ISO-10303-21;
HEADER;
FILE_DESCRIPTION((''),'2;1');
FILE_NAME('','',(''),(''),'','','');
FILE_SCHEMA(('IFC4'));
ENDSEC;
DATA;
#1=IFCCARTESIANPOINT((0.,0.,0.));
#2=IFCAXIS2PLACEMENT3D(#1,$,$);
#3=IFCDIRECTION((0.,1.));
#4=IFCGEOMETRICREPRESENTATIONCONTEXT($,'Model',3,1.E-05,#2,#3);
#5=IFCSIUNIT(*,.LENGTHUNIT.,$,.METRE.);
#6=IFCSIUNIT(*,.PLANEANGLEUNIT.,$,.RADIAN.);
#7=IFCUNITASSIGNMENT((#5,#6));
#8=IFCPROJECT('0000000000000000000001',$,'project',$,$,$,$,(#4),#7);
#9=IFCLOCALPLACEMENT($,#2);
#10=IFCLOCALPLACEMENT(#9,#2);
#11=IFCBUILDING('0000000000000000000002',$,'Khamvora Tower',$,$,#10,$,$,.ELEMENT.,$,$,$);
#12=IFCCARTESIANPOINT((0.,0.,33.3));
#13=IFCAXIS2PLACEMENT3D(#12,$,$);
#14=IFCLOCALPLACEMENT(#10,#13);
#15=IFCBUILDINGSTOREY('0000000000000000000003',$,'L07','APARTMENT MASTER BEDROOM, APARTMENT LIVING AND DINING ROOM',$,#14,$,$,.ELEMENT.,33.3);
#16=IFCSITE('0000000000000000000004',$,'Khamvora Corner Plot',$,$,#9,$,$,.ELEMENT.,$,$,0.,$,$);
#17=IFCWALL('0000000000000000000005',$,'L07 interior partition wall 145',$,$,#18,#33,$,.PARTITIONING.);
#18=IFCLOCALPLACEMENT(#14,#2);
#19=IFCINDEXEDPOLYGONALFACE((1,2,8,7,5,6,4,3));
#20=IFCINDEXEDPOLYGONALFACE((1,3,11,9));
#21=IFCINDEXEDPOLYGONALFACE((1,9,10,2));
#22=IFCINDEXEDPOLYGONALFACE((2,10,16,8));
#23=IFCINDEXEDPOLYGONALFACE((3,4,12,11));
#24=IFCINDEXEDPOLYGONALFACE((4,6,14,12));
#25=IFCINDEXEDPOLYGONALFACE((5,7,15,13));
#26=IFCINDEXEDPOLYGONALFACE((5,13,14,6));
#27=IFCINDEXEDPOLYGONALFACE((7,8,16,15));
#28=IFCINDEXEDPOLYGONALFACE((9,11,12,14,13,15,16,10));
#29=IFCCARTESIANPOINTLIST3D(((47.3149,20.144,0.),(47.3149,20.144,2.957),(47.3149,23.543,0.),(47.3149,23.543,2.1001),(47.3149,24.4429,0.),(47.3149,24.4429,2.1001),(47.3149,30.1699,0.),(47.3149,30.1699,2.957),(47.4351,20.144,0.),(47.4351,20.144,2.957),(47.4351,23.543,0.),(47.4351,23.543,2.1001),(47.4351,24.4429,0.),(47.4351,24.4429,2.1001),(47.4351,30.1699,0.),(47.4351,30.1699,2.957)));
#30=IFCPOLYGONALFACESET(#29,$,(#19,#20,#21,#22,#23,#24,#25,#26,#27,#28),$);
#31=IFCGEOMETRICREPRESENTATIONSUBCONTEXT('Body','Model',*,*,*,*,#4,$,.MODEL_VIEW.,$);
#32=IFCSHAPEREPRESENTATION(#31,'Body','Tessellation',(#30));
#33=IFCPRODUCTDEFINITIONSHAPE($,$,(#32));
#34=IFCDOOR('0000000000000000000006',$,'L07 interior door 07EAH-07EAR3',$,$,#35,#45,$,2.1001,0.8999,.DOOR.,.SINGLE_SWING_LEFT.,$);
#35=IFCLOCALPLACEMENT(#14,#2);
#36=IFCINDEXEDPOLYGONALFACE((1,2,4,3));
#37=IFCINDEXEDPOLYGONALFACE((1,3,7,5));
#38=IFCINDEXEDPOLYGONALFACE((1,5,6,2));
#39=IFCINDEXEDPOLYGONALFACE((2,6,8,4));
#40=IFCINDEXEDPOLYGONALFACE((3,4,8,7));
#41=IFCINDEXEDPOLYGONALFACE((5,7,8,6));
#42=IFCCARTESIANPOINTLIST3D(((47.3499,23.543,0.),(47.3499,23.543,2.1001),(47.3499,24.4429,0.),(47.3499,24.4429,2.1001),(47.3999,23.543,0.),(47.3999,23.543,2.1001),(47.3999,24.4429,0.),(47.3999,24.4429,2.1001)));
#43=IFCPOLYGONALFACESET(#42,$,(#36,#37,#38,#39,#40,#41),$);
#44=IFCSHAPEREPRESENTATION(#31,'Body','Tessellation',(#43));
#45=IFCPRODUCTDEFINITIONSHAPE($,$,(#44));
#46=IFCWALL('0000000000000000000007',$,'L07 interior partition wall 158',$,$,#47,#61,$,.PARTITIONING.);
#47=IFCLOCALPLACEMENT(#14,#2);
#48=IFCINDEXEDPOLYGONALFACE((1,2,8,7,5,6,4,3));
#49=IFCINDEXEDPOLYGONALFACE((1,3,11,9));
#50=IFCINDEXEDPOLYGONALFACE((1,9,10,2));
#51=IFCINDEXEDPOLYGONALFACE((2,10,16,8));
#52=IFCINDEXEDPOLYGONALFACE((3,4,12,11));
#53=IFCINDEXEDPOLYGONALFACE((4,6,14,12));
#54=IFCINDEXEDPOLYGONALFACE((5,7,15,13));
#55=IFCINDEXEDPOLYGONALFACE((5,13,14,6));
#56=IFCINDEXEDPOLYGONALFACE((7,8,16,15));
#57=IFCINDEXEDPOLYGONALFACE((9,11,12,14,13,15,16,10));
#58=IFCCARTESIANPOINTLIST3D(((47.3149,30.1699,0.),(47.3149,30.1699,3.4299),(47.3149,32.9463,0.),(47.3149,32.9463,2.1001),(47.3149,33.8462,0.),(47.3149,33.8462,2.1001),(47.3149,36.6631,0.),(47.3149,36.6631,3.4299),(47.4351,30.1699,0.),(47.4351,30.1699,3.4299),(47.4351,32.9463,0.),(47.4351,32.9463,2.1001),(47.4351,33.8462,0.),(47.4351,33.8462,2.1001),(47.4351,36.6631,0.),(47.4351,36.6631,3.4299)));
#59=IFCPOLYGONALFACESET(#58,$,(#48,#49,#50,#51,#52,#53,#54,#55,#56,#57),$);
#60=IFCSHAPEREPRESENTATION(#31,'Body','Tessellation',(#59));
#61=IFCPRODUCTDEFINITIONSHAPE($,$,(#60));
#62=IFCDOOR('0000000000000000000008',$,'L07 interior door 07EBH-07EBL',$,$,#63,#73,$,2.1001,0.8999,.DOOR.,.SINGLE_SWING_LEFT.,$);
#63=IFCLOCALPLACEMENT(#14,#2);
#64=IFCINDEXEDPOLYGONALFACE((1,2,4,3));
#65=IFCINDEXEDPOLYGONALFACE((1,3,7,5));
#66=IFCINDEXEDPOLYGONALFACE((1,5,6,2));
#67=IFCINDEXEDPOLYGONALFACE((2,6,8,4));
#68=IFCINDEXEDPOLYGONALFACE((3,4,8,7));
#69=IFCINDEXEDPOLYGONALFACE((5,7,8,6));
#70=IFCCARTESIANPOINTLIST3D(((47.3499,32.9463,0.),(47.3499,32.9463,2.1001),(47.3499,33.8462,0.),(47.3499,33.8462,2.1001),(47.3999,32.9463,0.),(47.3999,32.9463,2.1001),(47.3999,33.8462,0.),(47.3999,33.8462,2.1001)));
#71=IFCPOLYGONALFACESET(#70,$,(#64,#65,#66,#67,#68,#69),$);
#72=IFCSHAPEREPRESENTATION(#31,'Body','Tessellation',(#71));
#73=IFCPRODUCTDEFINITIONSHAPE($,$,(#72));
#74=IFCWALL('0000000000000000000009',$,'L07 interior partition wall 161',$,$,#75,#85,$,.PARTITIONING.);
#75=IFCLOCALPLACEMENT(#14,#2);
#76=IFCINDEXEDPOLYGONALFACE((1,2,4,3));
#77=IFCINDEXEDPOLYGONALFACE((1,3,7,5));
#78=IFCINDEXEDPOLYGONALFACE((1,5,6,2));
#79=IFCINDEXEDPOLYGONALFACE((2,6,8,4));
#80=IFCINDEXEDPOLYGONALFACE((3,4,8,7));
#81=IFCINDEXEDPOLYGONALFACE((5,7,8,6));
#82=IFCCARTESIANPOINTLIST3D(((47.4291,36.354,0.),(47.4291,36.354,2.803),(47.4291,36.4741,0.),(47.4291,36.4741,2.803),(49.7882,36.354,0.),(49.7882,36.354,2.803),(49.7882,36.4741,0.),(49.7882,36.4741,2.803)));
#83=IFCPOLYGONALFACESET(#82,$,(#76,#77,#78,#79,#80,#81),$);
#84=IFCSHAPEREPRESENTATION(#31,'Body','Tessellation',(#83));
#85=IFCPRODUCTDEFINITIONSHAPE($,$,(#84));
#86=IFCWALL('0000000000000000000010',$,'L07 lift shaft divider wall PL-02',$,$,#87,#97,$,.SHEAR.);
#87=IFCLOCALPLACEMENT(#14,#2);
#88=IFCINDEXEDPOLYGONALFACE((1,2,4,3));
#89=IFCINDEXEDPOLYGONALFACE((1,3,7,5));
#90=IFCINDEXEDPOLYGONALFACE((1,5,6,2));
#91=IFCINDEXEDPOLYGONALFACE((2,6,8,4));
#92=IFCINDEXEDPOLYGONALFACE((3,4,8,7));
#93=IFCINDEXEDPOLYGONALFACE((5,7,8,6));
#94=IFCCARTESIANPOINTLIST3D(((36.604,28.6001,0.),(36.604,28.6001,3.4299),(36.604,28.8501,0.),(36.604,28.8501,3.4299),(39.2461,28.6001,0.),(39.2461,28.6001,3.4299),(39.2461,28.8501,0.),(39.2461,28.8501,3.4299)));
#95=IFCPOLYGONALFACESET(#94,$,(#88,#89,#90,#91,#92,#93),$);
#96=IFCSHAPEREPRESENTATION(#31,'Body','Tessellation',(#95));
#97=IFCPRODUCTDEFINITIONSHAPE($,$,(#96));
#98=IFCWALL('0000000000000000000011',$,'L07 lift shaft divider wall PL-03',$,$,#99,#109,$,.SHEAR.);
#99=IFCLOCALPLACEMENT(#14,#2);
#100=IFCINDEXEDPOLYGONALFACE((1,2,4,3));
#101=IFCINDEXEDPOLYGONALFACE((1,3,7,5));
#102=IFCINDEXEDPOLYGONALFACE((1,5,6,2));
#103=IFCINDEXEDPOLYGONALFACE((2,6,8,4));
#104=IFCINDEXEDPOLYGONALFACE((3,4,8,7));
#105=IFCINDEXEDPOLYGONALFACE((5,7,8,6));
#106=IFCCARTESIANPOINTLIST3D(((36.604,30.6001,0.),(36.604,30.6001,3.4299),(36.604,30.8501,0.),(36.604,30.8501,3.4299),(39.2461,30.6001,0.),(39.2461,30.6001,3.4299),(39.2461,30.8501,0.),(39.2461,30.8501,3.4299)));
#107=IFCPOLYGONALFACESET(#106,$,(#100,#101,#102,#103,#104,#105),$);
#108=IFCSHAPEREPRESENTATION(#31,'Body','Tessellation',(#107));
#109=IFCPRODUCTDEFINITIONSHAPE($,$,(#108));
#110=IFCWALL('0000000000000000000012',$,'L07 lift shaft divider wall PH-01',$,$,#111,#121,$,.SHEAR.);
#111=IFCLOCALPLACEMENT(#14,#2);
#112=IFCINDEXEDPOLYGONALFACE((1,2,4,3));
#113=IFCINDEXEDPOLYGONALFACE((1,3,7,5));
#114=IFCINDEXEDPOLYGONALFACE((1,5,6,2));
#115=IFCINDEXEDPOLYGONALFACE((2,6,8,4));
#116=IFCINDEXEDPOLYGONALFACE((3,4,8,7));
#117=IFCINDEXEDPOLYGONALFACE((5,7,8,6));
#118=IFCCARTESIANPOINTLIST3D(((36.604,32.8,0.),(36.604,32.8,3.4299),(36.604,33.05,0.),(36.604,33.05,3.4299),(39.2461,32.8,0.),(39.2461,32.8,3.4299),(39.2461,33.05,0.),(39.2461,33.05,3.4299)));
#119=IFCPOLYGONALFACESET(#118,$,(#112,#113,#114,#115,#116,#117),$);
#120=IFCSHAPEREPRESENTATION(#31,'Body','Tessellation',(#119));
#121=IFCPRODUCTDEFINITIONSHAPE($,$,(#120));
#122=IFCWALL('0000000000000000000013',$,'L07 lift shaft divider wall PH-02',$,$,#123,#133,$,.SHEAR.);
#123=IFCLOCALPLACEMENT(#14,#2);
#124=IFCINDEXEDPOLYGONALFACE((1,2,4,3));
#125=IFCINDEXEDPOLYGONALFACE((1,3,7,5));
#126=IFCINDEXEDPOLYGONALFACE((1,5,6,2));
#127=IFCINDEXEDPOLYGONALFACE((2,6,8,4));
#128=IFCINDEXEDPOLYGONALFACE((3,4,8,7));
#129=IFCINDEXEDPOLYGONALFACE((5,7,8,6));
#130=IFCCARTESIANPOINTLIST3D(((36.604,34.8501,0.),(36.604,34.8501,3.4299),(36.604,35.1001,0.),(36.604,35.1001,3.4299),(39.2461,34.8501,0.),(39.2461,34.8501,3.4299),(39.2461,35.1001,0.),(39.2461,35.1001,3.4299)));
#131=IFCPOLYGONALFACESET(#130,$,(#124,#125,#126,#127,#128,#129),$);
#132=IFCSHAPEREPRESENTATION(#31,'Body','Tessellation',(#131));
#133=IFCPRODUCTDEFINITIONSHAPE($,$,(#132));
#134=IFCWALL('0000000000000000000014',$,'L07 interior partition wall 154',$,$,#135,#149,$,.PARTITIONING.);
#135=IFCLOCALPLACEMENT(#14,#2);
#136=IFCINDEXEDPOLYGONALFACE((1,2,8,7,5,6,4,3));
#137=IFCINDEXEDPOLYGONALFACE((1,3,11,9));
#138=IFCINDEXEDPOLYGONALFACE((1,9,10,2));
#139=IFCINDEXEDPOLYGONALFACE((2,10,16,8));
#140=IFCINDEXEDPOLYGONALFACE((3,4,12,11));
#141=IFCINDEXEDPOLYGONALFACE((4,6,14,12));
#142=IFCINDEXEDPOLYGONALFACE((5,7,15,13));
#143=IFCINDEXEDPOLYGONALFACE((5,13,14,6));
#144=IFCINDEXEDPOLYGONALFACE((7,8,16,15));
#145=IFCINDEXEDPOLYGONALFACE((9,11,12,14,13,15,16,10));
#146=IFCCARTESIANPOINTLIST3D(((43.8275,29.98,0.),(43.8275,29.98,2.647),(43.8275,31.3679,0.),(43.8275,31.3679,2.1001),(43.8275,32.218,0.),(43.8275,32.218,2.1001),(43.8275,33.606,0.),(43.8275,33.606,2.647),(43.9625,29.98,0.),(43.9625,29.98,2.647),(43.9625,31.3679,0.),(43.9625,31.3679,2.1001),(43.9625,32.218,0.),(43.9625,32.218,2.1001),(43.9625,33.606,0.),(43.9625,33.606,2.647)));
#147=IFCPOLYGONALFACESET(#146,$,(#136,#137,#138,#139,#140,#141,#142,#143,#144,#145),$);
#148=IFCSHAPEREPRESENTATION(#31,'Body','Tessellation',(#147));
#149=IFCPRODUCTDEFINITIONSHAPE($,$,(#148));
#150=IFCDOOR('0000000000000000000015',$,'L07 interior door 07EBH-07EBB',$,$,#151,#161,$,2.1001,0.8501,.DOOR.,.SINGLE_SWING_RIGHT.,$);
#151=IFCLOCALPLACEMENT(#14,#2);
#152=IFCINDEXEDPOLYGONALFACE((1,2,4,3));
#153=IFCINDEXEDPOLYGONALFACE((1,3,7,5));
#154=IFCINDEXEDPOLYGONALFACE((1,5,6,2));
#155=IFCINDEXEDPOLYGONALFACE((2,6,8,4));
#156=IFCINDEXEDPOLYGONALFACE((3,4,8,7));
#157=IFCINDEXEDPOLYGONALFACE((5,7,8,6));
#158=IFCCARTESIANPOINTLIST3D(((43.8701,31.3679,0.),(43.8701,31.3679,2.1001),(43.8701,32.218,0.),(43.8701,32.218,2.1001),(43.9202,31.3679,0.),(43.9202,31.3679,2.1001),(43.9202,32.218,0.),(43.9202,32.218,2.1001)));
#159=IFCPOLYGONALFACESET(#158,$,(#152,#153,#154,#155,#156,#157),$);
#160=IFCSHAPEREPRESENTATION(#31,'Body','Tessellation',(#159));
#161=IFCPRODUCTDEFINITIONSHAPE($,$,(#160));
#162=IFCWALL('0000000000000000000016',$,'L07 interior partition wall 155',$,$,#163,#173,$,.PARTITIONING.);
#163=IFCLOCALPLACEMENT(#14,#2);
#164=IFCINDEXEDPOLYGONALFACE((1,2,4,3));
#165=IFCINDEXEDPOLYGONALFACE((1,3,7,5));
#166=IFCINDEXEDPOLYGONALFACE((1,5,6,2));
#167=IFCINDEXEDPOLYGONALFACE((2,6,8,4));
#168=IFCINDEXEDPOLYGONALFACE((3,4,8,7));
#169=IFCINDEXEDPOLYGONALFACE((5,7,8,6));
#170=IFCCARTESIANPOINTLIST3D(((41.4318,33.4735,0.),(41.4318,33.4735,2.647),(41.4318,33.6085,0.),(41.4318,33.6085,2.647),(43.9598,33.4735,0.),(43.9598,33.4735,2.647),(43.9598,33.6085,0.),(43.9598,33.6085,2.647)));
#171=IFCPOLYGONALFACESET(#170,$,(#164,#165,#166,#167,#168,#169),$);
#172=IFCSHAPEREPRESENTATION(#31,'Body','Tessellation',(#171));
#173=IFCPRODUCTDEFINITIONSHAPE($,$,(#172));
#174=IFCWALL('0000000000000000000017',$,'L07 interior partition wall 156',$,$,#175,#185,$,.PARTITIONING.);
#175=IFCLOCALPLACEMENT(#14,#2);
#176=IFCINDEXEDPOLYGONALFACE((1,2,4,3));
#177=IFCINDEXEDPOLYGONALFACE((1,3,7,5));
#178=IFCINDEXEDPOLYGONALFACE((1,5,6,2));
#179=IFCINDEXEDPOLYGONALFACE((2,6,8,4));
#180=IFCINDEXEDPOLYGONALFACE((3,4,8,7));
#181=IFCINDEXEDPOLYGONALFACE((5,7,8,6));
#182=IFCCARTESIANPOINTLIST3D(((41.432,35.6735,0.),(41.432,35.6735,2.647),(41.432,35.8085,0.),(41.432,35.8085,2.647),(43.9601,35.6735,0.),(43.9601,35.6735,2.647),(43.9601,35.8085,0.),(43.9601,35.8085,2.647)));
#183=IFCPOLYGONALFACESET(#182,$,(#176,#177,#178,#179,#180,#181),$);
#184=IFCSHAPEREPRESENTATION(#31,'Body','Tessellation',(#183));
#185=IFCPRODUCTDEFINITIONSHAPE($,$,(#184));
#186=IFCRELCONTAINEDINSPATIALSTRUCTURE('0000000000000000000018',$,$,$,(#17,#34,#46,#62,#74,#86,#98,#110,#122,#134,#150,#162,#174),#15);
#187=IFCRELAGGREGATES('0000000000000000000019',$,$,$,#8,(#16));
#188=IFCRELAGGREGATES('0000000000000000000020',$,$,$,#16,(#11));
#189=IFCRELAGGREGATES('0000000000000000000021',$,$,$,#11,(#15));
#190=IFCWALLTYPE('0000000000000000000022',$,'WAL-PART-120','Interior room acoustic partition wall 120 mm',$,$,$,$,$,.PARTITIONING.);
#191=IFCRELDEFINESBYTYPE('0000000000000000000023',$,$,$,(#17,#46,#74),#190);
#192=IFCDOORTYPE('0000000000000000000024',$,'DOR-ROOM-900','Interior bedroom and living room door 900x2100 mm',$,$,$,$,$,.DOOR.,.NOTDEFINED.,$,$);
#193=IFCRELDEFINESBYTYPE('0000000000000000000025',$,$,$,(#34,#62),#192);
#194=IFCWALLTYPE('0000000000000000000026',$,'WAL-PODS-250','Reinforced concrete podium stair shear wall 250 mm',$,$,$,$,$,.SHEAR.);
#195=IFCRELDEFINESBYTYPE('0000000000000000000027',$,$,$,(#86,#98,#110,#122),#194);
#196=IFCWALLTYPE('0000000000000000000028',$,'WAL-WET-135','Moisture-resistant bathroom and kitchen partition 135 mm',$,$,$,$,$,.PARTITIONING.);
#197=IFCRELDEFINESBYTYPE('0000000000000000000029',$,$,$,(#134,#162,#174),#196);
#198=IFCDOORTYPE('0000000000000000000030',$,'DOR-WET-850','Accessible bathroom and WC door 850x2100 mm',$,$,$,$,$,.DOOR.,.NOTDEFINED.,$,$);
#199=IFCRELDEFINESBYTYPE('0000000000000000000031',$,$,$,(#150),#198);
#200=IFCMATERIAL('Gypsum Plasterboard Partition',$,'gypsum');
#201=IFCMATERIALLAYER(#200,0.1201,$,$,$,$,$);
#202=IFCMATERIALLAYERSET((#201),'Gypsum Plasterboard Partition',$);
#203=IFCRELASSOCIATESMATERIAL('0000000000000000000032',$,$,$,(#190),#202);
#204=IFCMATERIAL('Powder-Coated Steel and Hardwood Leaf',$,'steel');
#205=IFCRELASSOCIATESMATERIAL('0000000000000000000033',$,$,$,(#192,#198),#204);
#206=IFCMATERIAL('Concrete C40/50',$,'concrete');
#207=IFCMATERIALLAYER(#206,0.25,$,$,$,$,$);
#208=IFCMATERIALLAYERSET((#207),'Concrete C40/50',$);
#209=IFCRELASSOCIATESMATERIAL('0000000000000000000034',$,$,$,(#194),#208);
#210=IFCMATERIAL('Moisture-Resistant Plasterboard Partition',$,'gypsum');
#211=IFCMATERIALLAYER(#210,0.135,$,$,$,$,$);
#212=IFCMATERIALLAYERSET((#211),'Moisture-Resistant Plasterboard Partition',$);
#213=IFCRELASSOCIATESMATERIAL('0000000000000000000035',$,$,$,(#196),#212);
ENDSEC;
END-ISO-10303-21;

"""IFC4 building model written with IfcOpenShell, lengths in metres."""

from ifc_helpers import new_model, si_unit, direction, frame, frame_2d, origin, place, context, subcontext, project, spatial, rectangle, extrude, material, layer, layer_set, type_object, element, fill, save


model = new_model("IFC4")

# Units and contexts
model_context = context("Model", 3, precision=1e-05, world=origin(), true_north=direction((0.0, 1.0)))
body_context = subcontext(model_context, "Body", "Model", "MODEL_VIEW")
ifc_project = project(units=[si_unit("LENGTHUNIT", "METRE"), si_unit("PLANEANGLEUNIT", "RADIAN")], contexts=[model_context])

# Site, building, storey
site_placement = place(None, origin())
site = spatial("IfcSite", under=ifc_project, at=site_placement, Name="Khamvora Corner Plot", CompositionType="ELEMENT", RefElevation=0.0)
building_placement = place(site_placement, origin())
building = spatial("IfcBuilding", under=site, at=building_placement, Name="Khamvora Tower", CompositionType="ELEMENT")
storey_placement = place(building_placement, frame((0.0, 0.0, 33.3)))
storey = spatial("IfcBuildingStorey", under=building, at=storey_placement, Name="L07", Description="APARTMENT MASTER BEDROOM, APARTMENT LIVING AND DINING ROOM", CompositionType="ELEMENT", Elevation=33.3)

# Shared definitions
ifc_material_1 = material(Name="Powder-Coated Steel and Hardwood Leaf", Category="steel")

# Walls, openings, doors
ifc_material_2 = material(Name="Gypsum Plasterboard Partition", Category="gypsum")
ifc_layer_1 = layer(ifc_material_2, 0.1201)
ifc_layer_set_1 = layer_set([ifc_layer_1], Name="Gypsum Plasterboard Partition")
wall_type_1 = type_object("IfcWallType", Name="WAL-PART-120", Description="Interior room acoustic partition wall 120 mm", PredefinedType="PARTITIONING", material=ifc_layer_set_1)
wall_1_placement = place(storey_placement, frame((47.375, 30.1699, 0.0), z_axis=(0.0, 0.0, 1.0), x_axis=(0.0, -1.0, 0.0)))
wall_1 = element("IfcWall", 1, at=wall_1_placement, inside=storey, type_object=wall_type_1, Name="L07 interior partition wall 145", PredefinedType="PARTITIONING", context=body_context, shape_type="SweptSolid", body=[
    extrude(rectangle(XDim=10.0259, YDim=0.1201, at=frame_2d((5.0129, 0.0))), origin(), (0.0, 0.0, 1.0), 2.957),
])
opening_1_placement = place(wall_1_placement, frame((5.7271, 0.0, 0.0)))
opening_1 = element("IfcOpeningElement", 2, at=opening_1_placement, cuts=wall_1, PredefinedType="OPENING", context=body_context, shape_type="SweptSolid", body=[
    extrude(rectangle(XDim=0.8999, YDim=2.1001, at=frame_2d((0.45, 1.05))), frame((0.0, 0.0701, 0.0), z_axis=(0.0, -1.0, 0.0), x_axis=(1.0, 0.0, 0.0)), (0.0, 0.0, 1.0), 0.1401),
])
door_type_1 = type_object("IfcDoorType", Name="DOR-ROOM-900", Description="Interior bedroom and living room door 900x2100 mm", OperationType="NOTDEFINED", PredefinedType="DOOR", material=ifc_material_1)
door_1_placement = place(opening_1_placement, origin())
door_1 = element("IfcDoor", 3, at=door_1_placement, inside=storey, type_object=door_type_1, Name="L07 interior door 07EAH-07EAR3", OperationType="SINGLE_SWING_LEFT", OverallHeight=2.1001, OverallWidth=0.8999, PredefinedType="DOOR", context=body_context, shape_type="SweptSolid", body=[
    extrude(rectangle(XDim=0.8999, YDim=2.1001, at=frame_2d((0.45, 1.05))), frame((0.0, 0.0249, 0.0), z_axis=(0.0, -1.0, 0.0), x_axis=(1.0, 0.0, 0.0)), (0.0, 0.0, 1.0), 0.05),
])
fill(opening_1, door_1)
wall_2_placement = place(storey_placement, frame((47.375, 36.6631, 0.0), z_axis=(0.0, 0.0, 1.0), x_axis=(0.0, -1.0, 0.0)))
wall_2 = element("IfcWall", 4, at=wall_2_placement, inside=storey, type_object=wall_type_1, Name="L07 interior partition wall 158", PredefinedType="PARTITIONING", context=body_context, shape_type="SweptSolid", body=[
    extrude(rectangle(XDim=6.4932, YDim=0.1201, at=frame_2d((3.2466, 0.0))), origin(), (0.0, 0.0, 1.0), 3.4299),
])
opening_2_placement = place(wall_2_placement, frame((2.8169, 0.0, 0.0)))
opening_2 = element("IfcOpeningElement", 5, at=opening_2_placement, cuts=wall_2, PredefinedType="OPENING", context=body_context, shape_type="SweptSolid", body=[
    extrude(rectangle(XDim=0.8999, YDim=2.1001, at=frame_2d((0.45, 1.05))), frame((0.0, 0.0701, 0.0), z_axis=(0.0, -1.0, 0.0), x_axis=(1.0, 0.0, 0.0)), (0.0, 0.0, 1.0), 0.1401),
])
door_2_placement = place(opening_2_placement, origin())
door_2 = element("IfcDoor", 6, at=door_2_placement, inside=storey, type_object=door_type_1, Name="L07 interior door 07EBH-07EBL", OperationType="SINGLE_SWING_LEFT", OverallHeight=2.1001, OverallWidth=0.8999, PredefinedType="DOOR", context=body_context, shape_type="SweptSolid", body=[
    extrude(rectangle(XDim=0.8999, YDim=2.1001, at=frame_2d((0.45, 1.05))), frame((0.0, 0.0249, 0.0), z_axis=(0.0, -1.0, 0.0), x_axis=(1.0, 0.0, 0.0)), (0.0, 0.0, 1.0), 0.05),
])
fill(opening_2, door_2)

# Walls
wall_3_placement = place(storey_placement, frame((47.429, 36.4141, 0.0), z_axis=(0.0, 0.0, 1.0), x_axis=(1.0, 0.0, 0.0)))
element("IfcWall", 7, at=wall_3_placement, inside=storey, type_object=wall_type_1, Name="L07 interior partition wall 161", PredefinedType="PARTITIONING", context=body_context, shape_type="SweptSolid", body=[
    extrude(rectangle(XDim=2.3591, YDim=0.1201, at=frame_2d((1.1797, 0.0))), origin(), (0.0, 0.0, 1.0), 2.803),
])
ifc_material_3 = material(Name="Concrete C40/50", Category="concrete")
ifc_layer_2 = layer(ifc_material_3, 0.25)
ifc_layer_set_2 = layer_set([ifc_layer_2], Name="Concrete C40/50")
wall_type_2 = type_object("IfcWallType", Name="WAL-PODS-250", Description="Reinforced concrete podium stair shear wall 250 mm", PredefinedType="SHEAR", material=ifc_layer_set_2)
for number, where, z_axis, x_axis, name in (
    (8, (36.604, 28.7251, 0.0), (0.0, 0.0, 1.0), (1.0, 0.0, 0.0), "L07 lift shaft divider wall PL-02"),
    (9, (36.604, 30.7251, 0.0), (0.0, 0.0, 1.0), (1.0, 0.0, 0.0), "L07 lift shaft divider wall PL-03"),
    (10, (36.604, 32.925, 0.0), (0.0, 0.0, 1.0), (1.0, 0.0, 0.0), "L07 lift shaft divider wall PH-01"),
    (11, (36.604, 34.9751, 0.0), (0.0, 0.0, 1.0), (1.0, 0.0, 0.0), "L07 lift shaft divider wall PH-02"),
):
    element("IfcWall", number, at=place(storey_placement, frame(where, z_axis=z_axis, x_axis=x_axis)), inside=storey, type_object=wall_type_2, Name=name, PredefinedType="SHEAR", context=body_context, shape_type="SweptSolid", body=[
        extrude(rectangle(XDim=2.6421, YDim=0.25, at=frame_2d((1.321, 0.0))), origin(), (0.0, 0.0, 1.0), 3.4299),
    ])

# Wall, opening, door
ifc_material_4 = material(Name="Moisture-Resistant Plasterboard Partition", Category="gypsum")
ifc_layer_3 = layer(ifc_material_4, 0.135)
ifc_layer_set_3 = layer_set([ifc_layer_3], Name="Moisture-Resistant Plasterboard Partition")
wall_type_3 = type_object("IfcWallType", Name="WAL-WET-135", Description="Moisture-resistant bathroom and kitchen partition 135 mm", PredefinedType="PARTITIONING", material=ifc_layer_set_3)
wall_4_placement = place(storey_placement, frame((43.895, 29.98, 0.0), z_axis=(0.0, 0.0, 1.0), x_axis=(0.0, 1.0, 0.0)))
wall_4 = element("IfcWall", 12, at=wall_4_placement, inside=storey, type_object=wall_type_3, Name="L07 interior partition wall 154", PredefinedType="PARTITIONING", context=body_context, shape_type="SweptSolid", body=[
    extrude(rectangle(XDim=3.626, YDim=0.135, at=frame_2d((1.813, 0.0))), origin(), (0.0, 0.0, 1.0), 2.647),
])
opening_3_placement = place(wall_4_placement, frame((1.3879, 0.0, 0.0)))
opening_3 = element("IfcOpeningElement", 13, at=opening_3_placement, cuts=wall_4, PredefinedType="OPENING", context=body_context, shape_type="SweptSolid", body=[
    extrude(rectangle(XDim=0.8501, YDim=2.1001, at=frame_2d((0.425, 1.05))), frame((0.0, 0.0774, 0.0), z_axis=(0.0, -1.0, 0.0), x_axis=(1.0, 0.0, 0.0)), (0.0, 0.0, 1.0), 0.155),
])
door_type_2 = type_object("IfcDoorType", Name="DOR-WET-850", Description="Accessible bathroom and WC door 850x2100 mm", OperationType="NOTDEFINED", PredefinedType="DOOR", material=ifc_material_1)
door_3_placement = place(opening_3_placement, origin())
door_3 = element("IfcDoor", 14, at=door_3_placement, inside=storey, type_object=door_type_2, Name="L07 interior door 07EBH-07EBB", OperationType="SINGLE_SWING_RIGHT", OverallHeight=2.1001, OverallWidth=0.8501, PredefinedType="DOOR", context=body_context, shape_type="SweptSolid", body=[
    extrude(rectangle(XDim=0.8501, YDim=2.1001, at=frame_2d((0.425, 1.05))), frame((0.0, 0.0249, 0.0), z_axis=(0.0, -1.0, 0.0), x_axis=(1.0, 0.0, 0.0)), (0.0, 0.0, 1.0), 0.05),
])
fill(opening_3, door_3)

# Walls
for number, where, z_axis, x_axis, name in (
    (15, (43.96, 33.541, 0.0), (0.0, 0.0, 1.0), (-1.0, 0.0, 0.0), "L07 interior partition wall 155"),
    (16, (41.4319, 35.741, 0.0), (0.0, 0.0, 1.0), (1.0, 0.0, 0.0), "L07 interior partition wall 156"),
):
    element("IfcWall", number, at=place(storey_placement, frame(where, z_axis=z_axis, x_axis=x_axis)), inside=storey, type_object=wall_type_3, Name=name, PredefinedType="PARTITIONING", context=body_context, shape_type="SweptSolid", body=[
        extrude(rectangle(XDim=2.5281, YDim=0.135, at=frame_2d((1.2642, 0.0))), origin(), (0.0, 0.0, 1.0), 2.647),
    ])

save(model, "model.ifc")
